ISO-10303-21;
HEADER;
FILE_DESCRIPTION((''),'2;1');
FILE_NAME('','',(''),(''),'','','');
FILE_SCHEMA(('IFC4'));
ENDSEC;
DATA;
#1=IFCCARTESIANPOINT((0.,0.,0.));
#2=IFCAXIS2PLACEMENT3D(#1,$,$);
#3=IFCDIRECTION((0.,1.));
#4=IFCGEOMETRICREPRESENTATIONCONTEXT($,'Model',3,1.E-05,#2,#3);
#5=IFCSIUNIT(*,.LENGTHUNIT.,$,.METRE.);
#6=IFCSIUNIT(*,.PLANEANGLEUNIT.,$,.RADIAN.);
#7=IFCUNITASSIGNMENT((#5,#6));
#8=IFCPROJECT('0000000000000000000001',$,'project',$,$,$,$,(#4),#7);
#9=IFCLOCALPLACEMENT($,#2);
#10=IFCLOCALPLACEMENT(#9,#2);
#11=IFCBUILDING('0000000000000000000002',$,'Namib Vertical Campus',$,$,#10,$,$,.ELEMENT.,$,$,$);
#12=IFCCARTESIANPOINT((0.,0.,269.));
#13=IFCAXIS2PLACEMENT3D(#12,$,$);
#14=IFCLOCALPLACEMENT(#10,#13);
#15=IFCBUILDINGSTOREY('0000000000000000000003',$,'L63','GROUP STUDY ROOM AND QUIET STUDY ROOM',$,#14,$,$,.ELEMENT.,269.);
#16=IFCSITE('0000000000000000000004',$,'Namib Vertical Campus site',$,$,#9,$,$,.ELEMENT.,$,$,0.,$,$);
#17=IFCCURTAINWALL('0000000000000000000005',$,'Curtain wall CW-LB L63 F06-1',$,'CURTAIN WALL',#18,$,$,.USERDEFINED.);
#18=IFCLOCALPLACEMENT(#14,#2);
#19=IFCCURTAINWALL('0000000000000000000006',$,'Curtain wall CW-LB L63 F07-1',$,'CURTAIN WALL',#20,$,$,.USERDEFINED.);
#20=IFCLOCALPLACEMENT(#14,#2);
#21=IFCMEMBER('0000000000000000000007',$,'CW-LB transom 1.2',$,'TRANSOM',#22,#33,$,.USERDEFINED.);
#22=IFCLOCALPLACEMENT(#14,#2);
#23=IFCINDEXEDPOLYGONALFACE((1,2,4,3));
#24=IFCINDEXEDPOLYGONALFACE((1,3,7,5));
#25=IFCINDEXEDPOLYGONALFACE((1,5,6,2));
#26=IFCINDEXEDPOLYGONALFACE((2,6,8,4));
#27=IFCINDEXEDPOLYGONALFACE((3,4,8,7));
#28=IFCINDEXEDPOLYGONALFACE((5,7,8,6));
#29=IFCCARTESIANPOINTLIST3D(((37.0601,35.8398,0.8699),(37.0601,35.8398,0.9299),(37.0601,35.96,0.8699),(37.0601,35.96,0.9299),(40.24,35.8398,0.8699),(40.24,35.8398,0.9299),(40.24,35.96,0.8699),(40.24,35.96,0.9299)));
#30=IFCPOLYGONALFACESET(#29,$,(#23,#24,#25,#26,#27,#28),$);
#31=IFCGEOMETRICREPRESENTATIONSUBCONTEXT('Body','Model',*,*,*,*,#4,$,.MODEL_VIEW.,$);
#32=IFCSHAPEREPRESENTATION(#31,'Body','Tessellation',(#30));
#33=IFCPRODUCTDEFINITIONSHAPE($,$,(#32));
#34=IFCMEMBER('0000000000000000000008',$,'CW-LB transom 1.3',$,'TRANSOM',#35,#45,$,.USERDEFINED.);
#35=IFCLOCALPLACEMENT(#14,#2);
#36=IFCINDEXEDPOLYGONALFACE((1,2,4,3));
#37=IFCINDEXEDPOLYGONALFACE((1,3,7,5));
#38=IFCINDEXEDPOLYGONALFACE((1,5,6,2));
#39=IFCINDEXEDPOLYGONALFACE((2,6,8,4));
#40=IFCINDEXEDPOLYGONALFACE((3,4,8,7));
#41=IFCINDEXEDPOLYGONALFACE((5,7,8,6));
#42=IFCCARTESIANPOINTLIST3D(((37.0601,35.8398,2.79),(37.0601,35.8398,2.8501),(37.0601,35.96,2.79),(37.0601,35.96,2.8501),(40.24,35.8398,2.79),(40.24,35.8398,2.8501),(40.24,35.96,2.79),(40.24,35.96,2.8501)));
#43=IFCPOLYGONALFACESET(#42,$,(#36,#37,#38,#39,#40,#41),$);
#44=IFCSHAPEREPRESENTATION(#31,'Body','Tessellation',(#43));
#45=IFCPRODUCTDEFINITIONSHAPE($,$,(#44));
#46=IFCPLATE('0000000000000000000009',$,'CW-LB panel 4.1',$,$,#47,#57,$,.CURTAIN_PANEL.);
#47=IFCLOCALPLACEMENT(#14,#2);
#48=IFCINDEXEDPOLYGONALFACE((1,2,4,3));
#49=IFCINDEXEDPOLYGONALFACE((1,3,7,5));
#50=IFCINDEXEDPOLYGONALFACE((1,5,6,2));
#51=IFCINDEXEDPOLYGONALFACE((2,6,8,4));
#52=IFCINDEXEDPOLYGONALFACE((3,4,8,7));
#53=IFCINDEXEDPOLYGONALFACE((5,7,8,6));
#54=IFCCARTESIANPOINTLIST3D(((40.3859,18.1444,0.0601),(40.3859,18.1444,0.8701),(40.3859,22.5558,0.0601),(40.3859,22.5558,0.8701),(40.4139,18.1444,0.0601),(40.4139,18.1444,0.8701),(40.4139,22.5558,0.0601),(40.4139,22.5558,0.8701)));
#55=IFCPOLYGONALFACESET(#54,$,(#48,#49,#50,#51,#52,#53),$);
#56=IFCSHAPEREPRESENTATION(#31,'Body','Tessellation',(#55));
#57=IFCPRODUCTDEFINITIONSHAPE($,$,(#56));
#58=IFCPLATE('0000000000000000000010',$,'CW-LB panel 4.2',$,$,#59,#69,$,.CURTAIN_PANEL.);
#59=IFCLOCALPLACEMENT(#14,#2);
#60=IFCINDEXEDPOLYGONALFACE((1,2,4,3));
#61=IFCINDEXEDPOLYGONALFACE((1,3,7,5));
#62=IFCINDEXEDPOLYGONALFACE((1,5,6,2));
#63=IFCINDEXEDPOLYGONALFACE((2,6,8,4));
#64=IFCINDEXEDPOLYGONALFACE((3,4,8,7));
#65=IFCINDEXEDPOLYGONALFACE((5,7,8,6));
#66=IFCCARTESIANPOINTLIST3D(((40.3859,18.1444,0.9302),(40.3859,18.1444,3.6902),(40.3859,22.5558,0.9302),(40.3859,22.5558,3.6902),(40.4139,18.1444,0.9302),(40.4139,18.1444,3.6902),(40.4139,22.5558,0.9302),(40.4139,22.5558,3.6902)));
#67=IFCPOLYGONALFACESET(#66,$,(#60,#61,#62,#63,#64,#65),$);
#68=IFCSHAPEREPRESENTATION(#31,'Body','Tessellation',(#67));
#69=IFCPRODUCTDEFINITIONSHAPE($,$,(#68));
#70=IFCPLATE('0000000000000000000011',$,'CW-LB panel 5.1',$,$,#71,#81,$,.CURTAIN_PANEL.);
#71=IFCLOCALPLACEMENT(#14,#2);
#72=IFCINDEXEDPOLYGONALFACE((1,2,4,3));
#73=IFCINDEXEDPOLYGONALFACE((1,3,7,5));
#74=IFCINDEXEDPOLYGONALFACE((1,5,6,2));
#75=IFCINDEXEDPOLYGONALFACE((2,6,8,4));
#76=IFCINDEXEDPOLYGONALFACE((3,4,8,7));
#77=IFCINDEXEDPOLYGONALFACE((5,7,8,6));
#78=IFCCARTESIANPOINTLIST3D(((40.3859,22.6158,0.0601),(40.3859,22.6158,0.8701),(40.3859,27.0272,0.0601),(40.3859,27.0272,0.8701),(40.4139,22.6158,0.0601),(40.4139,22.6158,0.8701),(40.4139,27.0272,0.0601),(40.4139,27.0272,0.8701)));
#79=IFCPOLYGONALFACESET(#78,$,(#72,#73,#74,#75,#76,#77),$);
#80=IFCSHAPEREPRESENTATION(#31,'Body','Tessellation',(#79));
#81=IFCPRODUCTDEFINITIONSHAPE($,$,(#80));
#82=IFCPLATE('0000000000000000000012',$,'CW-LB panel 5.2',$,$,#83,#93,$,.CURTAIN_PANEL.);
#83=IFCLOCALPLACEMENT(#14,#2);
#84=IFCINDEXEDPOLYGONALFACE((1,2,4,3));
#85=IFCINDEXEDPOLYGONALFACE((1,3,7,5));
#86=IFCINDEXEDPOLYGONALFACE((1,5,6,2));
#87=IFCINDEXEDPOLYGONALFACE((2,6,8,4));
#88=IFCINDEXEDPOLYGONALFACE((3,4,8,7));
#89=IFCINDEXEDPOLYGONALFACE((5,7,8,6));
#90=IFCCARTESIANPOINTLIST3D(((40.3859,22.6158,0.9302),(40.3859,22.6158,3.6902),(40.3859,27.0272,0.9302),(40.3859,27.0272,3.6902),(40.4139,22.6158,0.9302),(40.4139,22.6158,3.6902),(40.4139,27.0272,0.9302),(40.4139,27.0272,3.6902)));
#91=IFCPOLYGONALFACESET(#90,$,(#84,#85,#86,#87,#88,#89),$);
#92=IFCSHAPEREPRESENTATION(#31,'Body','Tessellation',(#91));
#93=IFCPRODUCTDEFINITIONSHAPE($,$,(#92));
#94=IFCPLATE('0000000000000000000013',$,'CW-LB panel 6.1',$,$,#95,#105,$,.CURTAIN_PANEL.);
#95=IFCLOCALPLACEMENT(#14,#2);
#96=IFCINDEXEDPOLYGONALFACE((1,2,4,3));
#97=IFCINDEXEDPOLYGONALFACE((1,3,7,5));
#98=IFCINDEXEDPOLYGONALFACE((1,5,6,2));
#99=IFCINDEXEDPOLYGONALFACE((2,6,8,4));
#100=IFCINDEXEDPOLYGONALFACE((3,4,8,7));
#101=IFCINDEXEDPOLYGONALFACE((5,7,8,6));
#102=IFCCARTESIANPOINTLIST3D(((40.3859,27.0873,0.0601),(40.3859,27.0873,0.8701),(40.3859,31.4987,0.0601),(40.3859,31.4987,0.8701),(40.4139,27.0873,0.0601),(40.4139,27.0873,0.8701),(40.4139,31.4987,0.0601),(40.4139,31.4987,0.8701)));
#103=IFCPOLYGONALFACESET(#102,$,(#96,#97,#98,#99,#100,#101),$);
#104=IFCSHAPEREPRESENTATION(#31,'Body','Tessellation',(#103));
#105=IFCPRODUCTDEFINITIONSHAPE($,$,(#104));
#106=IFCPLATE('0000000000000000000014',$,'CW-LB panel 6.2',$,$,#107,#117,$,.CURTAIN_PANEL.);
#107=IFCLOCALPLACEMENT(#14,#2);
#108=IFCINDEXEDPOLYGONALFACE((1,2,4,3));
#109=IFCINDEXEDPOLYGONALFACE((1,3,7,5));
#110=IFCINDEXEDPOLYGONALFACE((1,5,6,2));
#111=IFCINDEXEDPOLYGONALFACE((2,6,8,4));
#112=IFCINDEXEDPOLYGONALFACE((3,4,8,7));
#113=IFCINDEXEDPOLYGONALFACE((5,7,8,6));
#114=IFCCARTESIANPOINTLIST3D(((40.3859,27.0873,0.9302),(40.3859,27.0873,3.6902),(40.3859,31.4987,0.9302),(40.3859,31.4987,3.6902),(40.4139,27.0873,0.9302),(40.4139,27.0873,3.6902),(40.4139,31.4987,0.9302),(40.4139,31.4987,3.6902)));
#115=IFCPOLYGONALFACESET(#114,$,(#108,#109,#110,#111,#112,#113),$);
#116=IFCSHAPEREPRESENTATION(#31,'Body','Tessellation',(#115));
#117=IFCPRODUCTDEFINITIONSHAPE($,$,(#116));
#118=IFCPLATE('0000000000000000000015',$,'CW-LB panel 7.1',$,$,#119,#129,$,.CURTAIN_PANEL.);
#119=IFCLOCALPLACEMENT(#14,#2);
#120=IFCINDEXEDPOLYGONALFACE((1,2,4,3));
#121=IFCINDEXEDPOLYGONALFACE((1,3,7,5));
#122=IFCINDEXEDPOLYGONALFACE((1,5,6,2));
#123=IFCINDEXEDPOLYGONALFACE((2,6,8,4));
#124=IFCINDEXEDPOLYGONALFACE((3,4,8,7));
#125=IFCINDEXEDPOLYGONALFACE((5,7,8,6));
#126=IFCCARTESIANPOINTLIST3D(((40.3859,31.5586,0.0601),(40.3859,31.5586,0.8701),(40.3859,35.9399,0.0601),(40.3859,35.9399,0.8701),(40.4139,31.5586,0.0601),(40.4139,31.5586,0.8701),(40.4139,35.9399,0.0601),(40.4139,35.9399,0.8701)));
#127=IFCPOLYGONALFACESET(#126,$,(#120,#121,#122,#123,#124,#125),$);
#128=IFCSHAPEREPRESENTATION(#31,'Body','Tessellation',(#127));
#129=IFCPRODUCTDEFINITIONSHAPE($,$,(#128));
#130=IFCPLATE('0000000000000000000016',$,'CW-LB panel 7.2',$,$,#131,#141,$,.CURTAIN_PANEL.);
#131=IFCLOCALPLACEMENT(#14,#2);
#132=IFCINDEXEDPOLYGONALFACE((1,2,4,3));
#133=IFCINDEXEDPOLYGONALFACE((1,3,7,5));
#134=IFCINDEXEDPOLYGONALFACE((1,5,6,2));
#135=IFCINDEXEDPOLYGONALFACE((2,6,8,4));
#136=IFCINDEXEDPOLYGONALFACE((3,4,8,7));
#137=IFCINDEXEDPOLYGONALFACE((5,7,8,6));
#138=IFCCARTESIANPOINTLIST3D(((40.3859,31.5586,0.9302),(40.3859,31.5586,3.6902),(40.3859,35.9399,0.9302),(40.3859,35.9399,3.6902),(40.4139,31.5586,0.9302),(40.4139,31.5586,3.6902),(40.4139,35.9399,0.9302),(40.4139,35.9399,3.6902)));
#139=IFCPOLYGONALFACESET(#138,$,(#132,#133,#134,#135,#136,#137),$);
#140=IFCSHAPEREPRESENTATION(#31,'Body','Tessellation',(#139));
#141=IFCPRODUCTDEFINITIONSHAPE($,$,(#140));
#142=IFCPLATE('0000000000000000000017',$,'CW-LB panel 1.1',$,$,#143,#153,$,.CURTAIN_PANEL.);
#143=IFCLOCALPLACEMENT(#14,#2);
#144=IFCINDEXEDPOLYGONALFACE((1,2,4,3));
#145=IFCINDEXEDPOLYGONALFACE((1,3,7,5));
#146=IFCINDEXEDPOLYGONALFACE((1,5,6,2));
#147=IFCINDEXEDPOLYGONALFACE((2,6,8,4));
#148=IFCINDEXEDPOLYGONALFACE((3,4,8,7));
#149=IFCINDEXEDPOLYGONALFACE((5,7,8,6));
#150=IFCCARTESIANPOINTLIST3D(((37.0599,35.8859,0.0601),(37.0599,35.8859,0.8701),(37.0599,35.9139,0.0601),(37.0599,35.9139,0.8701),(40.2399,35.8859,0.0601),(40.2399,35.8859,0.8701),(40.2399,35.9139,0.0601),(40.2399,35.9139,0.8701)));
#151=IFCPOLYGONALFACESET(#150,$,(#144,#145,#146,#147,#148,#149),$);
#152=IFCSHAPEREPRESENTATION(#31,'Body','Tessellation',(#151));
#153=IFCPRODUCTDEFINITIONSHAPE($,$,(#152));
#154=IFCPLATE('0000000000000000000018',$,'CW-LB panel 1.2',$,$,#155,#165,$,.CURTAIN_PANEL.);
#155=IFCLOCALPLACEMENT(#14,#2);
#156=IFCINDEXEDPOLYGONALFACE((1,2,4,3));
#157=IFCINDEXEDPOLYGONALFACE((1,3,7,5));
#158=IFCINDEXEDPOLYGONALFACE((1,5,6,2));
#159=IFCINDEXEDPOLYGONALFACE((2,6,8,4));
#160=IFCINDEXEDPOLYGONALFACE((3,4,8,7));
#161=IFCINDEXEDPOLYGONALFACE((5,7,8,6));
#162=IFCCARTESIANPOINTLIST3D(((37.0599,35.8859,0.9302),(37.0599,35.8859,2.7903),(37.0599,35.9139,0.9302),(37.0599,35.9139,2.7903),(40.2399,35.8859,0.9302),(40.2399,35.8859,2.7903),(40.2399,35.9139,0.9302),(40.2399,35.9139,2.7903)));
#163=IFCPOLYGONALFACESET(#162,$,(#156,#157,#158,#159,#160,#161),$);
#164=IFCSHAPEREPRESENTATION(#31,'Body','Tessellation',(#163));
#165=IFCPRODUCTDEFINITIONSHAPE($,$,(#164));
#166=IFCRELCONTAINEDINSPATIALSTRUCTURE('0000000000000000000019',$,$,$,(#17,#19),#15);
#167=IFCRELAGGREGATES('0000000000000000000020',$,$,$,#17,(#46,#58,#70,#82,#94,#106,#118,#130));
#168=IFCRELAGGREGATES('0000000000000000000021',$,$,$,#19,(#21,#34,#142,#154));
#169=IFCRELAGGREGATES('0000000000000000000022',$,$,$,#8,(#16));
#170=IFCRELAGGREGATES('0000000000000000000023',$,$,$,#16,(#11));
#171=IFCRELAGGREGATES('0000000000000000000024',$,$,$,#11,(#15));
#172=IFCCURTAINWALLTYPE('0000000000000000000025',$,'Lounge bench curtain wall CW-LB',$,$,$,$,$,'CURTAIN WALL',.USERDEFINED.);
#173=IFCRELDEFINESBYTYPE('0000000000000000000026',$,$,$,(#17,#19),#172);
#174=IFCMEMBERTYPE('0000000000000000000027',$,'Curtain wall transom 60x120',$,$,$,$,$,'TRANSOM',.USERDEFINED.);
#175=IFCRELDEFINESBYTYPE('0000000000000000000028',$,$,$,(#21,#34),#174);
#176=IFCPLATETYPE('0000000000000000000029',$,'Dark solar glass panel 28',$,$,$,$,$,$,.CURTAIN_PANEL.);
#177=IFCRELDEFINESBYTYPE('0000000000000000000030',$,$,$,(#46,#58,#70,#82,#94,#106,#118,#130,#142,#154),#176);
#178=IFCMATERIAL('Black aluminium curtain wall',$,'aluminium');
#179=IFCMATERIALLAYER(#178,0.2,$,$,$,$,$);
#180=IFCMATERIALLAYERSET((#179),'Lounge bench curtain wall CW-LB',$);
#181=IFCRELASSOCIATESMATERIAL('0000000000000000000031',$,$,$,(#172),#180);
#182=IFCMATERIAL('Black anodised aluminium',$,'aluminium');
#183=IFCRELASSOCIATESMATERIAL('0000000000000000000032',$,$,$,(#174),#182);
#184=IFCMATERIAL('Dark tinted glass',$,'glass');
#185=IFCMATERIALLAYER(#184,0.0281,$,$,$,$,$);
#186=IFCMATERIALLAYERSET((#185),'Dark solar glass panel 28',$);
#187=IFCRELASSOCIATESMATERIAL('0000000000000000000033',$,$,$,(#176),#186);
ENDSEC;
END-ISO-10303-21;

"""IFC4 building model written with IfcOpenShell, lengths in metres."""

from ifc_helpers import new_model, si_unit, direction, frame, origin, origin_2d, place, context, subcontext, project, spatial, rectangle, extrude, material, layer, layer_set, material_profile, profile_set, type_object, element, aggregate, save


model = new_model("IFC4")

# Units and contexts
model_context = context("Model", 3, precision=1e-05, world=origin(), true_north=direction((0.0, 1.0)))
body_context = subcontext(model_context, "Body", "Model", "MODEL_VIEW")
ifc_project = project(units=[si_unit("LENGTHUNIT", "METRE"), si_unit("PLANEANGLEUNIT", "RADIAN")], contexts=[model_context])

# Site, building, storey
site_placement = place(None, origin())
site = spatial("IfcSite", under=ifc_project, at=site_placement, Name="Namib Vertical Campus site", CompositionType="ELEMENT", RefElevation=0.0)
building_placement = place(site_placement, origin())
building = spatial("IfcBuilding", under=site, at=building_placement, Name="Namib Vertical Campus", CompositionType="ELEMENT")
storey_placement = place(building_placement, frame((0.0, 0.0, 269.0)))
storey = spatial("IfcBuildingStorey", under=building, at=storey_placement, Name="L63", Description="GROUP STUDY ROOM AND QUIET STUDY ROOM", CompositionType="ELEMENT", Elevation=269.0)

# Curtain wall
ifc_material_1 = material(Name="Black aluminium curtain wall", Category="aluminium")
ifc_layer_1 = layer(ifc_material_1, 0.2)
ifc_layer_set_1 = layer_set([ifc_layer_1], Name="Lounge bench curtain wall CW-LB")
curtain_wall_type = type_object("IfcCurtainWallType", Name="Lounge bench curtain wall CW-LB", ElementType="CURTAIN WALL", PredefinedType="USERDEFINED", material=ifc_layer_set_1)
curtain_wall_1_placement = place(storey_placement, origin())
curtain_wall_1 = element("IfcCurtainWall", 1, at=curtain_wall_1_placement, inside=storey, type_object=curtain_wall_type, Name="Curtain wall CW-LB L63 F06-1", ObjectType="CURTAIN WALL", PredefinedType="USERDEFINED")

# Curtain wall
curtain_wall_2_placement = place(storey_placement, origin())
curtain_wall_2 = element("IfcCurtainWall", 2, at=curtain_wall_2_placement, inside=storey, type_object=curtain_wall_type, Name="Curtain wall CW-LB L63 F07-1", ObjectType="CURTAIN WALL", PredefinedType="USERDEFINED")

# Members
ifc_material_2 = material(Name="Black anodised aluminium", Category="aluminium")
ifc_material_profile_1 = material_profile(ifc_material_2, rectangle(XDim=0.0601, YDim=0.1201, at=origin_2d()))
ifc_profile_set_1 = profile_set([ifc_material_profile_1], Name="Black anodised aluminium")
member_type_1 = type_object("IfcMemberType", Name="Curtain wall transom 60x120", ElementType="TRANSOM", PredefinedType="USERDEFINED", material=ifc_profile_set_1)
member_1_placement = place(storey_placement, frame((40.24, 35.8999, 0.8999), z_axis=(-1.0, 0.0, 0.0), x_axis=(0.0, 0.0, 1.0)))
member_1 = element("IfcMember", 3, at=member_1_placement, type_object=member_type_1, Name="CW-LB transom 1.2", ObjectType="TRANSOM", PredefinedType="USERDEFINED", context=body_context, shape_type="SweptSolid", body=[
    extrude(rectangle(XDim=0.0601, YDim=0.1201, at=origin_2d()), origin(), (0.0, 0.0, 1.0), 3.1799),
])
member_2_placement = place(storey_placement, frame((40.24, 35.8999, 2.8201), z_axis=(-1.0, 0.0, 0.0), x_axis=(0.0, 0.0, 1.0)))
member_2 = element("IfcMember", 4, at=member_2_placement, type_object=member_type_1, Name="CW-LB transom 1.3", ObjectType="TRANSOM", PredefinedType="USERDEFINED", context=body_context, shape_type="SweptSolid", body=[
    extrude(rectangle(XDim=0.0601, YDim=0.1201, at=origin_2d()), origin(), (0.0, 0.0, 1.0), 3.1799),
])

# Plates
ifc_material_3 = material(Name="Dark tinted glass", Category="glass")
ifc_layer_2 = layer(ifc_material_3, 0.0281)
ifc_layer_set_2 = layer_set([ifc_layer_2], Name="Dark solar glass panel 28")
plate_type = type_object("IfcPlateType", Name="Dark solar glass panel 28", PredefinedType="CURTAIN_PANEL", material=ifc_layer_set_2)
plate_1_placement = place(storey_placement, frame((40.3999, 20.3501, 0.0601), z_axis=(0.0, 0.0, 1.0), x_axis=(0.0, 1.0, 0.0)))
plate_1 = element("IfcPlate", 5, at=plate_1_placement, type_object=plate_type, Name="CW-LB panel 4.1", PredefinedType="CURTAIN_PANEL", context=body_context, shape_type="SweptSolid", body=[
    extrude(rectangle(XDim=4.4114, YDim=0.0281, at=origin_2d()), origin(), (0.0, 0.0, 1.0), 0.8101),
])
plate_2_placement = place(storey_placement, frame((40.3999, 20.3501, 0.9302), z_axis=(0.0, 0.0, 1.0), x_axis=(0.0, 1.0, 0.0)))
plate_2 = element("IfcPlate", 6, at=plate_2_placement, type_object=plate_type, Name="CW-LB panel 4.2", PredefinedType="CURTAIN_PANEL", context=body_context, shape_type="SweptSolid", body=[
    extrude(rectangle(XDim=4.4114, YDim=0.0281, at=origin_2d()), origin(), (0.0, 0.0, 1.0), 2.76),
])
plate_3_placement = place(storey_placement, frame((40.3999, 24.8215, 0.0601), z_axis=(0.0, 0.0, 1.0), x_axis=(0.0, 1.0, 0.0)))
plate_3 = element("IfcPlate", 7, at=plate_3_placement, type_object=plate_type, Name="CW-LB panel 5.1", PredefinedType="CURTAIN_PANEL", context=body_context, shape_type="SweptSolid", body=[
    extrude(rectangle(XDim=4.4114, YDim=0.0281, at=origin_2d()), origin(), (0.0, 0.0, 1.0), 0.8101),
])
plate_4_placement = place(storey_placement, frame((40.3999, 24.8215, 0.9302), z_axis=(0.0, 0.0, 1.0), x_axis=(0.0, 1.0, 0.0)))
plate_4 = element("IfcPlate", 8, at=plate_4_placement, type_object=plate_type, Name="CW-LB panel 5.2", PredefinedType="CURTAIN_PANEL", context=body_context, shape_type="SweptSolid", body=[
    extrude(rectangle(XDim=4.4114, YDim=0.0281, at=origin_2d()), origin(), (0.0, 0.0, 1.0), 2.76),
])
plate_5_placement = place(storey_placement, frame((40.3999, 29.293, 0.0601), z_axis=(0.0, 0.0, 1.0), x_axis=(0.0, 1.0, 0.0)))
plate_5 = element("IfcPlate", 9, at=plate_5_placement, type_object=plate_type, Name="CW-LB panel 6.1", PredefinedType="CURTAIN_PANEL", context=body_context, shape_type="SweptSolid", body=[
    extrude(rectangle(XDim=4.4114, YDim=0.0281, at=origin_2d()), origin(), (0.0, 0.0, 1.0), 0.8101),
])
plate_6_placement = place(storey_placement, frame((40.3999, 29.293, 0.9302), z_axis=(0.0, 0.0, 1.0), x_axis=(0.0, 1.0, 0.0)))
plate_6 = element("IfcPlate", 10, at=plate_6_placement, type_object=plate_type, Name="CW-LB panel 6.2", PredefinedType="CURTAIN_PANEL", context=body_context, shape_type="SweptSolid", body=[
    extrude(rectangle(XDim=4.4114, YDim=0.0281, at=origin_2d()), origin(), (0.0, 0.0, 1.0), 2.76),
])
plate_7_placement = place(storey_placement, frame((40.3999, 33.7493, 0.0601), z_axis=(0.0, 0.0, 1.0), x_axis=(0.0, 1.0, 0.0)))
plate_7 = element("IfcPlate", 11, at=plate_7_placement, type_object=plate_type, Name="CW-LB panel 7.1", PredefinedType="CURTAIN_PANEL", context=body_context, shape_type="SweptSolid", body=[
    extrude(rectangle(XDim=4.3813, YDim=0.0281, at=origin_2d()), origin(), (0.0, 0.0, 1.0), 0.8101),
])
plate_8_placement = place(storey_placement, frame((40.3999, 33.7493, 0.9302), z_axis=(0.0, 0.0, 1.0), x_axis=(0.0, 1.0, 0.0)))
plate_8 = element("IfcPlate", 12, at=plate_8_placement, type_object=plate_type, Name="CW-LB panel 7.2", PredefinedType="CURTAIN_PANEL", context=body_context, shape_type="SweptSolid", body=[
    extrude(rectangle(XDim=4.3813, YDim=0.0281, at=origin_2d()), origin(), (0.0, 0.0, 1.0), 2.76),
])
aggregate(curtain_wall_1, [plate_1, plate_2, plate_3, plate_4, plate_5, plate_6, plate_7, plate_8])
plate_9_placement = place(storey_placement, frame((38.6499, 35.8999, 0.0601), z_axis=(0.0, 0.0, 1.0), x_axis=(-1.0, 0.0, 0.0)))
plate_9 = element("IfcPlate", 13, at=plate_9_placement, type_object=plate_type, Name="CW-LB panel 1.1", PredefinedType="CURTAIN_PANEL", context=body_context, shape_type="SweptSolid", body=[
    extrude(rectangle(XDim=3.1799, YDim=0.0281, at=origin_2d()), origin(), (0.0, 0.0, 1.0), 0.8101),
])
plate_10_placement = place(storey_placement, frame((38.6499, 35.8999, 0.9302), z_axis=(0.0, 0.0, 1.0), x_axis=(-1.0, 0.0, 0.0)))
plate_10 = element("IfcPlate", 14, at=plate_10_placement, type_object=plate_type, Name="CW-LB panel 1.2", PredefinedType="CURTAIN_PANEL", context=body_context, shape_type="SweptSolid", body=[
    extrude(rectangle(XDim=3.1799, YDim=0.0281, at=origin_2d()), origin(), (0.0, 0.0, 1.0), 1.8601),
])
aggregate(curtain_wall_2, [member_1, member_2, plate_9, plate_10])

save(model, "model.ifc")
